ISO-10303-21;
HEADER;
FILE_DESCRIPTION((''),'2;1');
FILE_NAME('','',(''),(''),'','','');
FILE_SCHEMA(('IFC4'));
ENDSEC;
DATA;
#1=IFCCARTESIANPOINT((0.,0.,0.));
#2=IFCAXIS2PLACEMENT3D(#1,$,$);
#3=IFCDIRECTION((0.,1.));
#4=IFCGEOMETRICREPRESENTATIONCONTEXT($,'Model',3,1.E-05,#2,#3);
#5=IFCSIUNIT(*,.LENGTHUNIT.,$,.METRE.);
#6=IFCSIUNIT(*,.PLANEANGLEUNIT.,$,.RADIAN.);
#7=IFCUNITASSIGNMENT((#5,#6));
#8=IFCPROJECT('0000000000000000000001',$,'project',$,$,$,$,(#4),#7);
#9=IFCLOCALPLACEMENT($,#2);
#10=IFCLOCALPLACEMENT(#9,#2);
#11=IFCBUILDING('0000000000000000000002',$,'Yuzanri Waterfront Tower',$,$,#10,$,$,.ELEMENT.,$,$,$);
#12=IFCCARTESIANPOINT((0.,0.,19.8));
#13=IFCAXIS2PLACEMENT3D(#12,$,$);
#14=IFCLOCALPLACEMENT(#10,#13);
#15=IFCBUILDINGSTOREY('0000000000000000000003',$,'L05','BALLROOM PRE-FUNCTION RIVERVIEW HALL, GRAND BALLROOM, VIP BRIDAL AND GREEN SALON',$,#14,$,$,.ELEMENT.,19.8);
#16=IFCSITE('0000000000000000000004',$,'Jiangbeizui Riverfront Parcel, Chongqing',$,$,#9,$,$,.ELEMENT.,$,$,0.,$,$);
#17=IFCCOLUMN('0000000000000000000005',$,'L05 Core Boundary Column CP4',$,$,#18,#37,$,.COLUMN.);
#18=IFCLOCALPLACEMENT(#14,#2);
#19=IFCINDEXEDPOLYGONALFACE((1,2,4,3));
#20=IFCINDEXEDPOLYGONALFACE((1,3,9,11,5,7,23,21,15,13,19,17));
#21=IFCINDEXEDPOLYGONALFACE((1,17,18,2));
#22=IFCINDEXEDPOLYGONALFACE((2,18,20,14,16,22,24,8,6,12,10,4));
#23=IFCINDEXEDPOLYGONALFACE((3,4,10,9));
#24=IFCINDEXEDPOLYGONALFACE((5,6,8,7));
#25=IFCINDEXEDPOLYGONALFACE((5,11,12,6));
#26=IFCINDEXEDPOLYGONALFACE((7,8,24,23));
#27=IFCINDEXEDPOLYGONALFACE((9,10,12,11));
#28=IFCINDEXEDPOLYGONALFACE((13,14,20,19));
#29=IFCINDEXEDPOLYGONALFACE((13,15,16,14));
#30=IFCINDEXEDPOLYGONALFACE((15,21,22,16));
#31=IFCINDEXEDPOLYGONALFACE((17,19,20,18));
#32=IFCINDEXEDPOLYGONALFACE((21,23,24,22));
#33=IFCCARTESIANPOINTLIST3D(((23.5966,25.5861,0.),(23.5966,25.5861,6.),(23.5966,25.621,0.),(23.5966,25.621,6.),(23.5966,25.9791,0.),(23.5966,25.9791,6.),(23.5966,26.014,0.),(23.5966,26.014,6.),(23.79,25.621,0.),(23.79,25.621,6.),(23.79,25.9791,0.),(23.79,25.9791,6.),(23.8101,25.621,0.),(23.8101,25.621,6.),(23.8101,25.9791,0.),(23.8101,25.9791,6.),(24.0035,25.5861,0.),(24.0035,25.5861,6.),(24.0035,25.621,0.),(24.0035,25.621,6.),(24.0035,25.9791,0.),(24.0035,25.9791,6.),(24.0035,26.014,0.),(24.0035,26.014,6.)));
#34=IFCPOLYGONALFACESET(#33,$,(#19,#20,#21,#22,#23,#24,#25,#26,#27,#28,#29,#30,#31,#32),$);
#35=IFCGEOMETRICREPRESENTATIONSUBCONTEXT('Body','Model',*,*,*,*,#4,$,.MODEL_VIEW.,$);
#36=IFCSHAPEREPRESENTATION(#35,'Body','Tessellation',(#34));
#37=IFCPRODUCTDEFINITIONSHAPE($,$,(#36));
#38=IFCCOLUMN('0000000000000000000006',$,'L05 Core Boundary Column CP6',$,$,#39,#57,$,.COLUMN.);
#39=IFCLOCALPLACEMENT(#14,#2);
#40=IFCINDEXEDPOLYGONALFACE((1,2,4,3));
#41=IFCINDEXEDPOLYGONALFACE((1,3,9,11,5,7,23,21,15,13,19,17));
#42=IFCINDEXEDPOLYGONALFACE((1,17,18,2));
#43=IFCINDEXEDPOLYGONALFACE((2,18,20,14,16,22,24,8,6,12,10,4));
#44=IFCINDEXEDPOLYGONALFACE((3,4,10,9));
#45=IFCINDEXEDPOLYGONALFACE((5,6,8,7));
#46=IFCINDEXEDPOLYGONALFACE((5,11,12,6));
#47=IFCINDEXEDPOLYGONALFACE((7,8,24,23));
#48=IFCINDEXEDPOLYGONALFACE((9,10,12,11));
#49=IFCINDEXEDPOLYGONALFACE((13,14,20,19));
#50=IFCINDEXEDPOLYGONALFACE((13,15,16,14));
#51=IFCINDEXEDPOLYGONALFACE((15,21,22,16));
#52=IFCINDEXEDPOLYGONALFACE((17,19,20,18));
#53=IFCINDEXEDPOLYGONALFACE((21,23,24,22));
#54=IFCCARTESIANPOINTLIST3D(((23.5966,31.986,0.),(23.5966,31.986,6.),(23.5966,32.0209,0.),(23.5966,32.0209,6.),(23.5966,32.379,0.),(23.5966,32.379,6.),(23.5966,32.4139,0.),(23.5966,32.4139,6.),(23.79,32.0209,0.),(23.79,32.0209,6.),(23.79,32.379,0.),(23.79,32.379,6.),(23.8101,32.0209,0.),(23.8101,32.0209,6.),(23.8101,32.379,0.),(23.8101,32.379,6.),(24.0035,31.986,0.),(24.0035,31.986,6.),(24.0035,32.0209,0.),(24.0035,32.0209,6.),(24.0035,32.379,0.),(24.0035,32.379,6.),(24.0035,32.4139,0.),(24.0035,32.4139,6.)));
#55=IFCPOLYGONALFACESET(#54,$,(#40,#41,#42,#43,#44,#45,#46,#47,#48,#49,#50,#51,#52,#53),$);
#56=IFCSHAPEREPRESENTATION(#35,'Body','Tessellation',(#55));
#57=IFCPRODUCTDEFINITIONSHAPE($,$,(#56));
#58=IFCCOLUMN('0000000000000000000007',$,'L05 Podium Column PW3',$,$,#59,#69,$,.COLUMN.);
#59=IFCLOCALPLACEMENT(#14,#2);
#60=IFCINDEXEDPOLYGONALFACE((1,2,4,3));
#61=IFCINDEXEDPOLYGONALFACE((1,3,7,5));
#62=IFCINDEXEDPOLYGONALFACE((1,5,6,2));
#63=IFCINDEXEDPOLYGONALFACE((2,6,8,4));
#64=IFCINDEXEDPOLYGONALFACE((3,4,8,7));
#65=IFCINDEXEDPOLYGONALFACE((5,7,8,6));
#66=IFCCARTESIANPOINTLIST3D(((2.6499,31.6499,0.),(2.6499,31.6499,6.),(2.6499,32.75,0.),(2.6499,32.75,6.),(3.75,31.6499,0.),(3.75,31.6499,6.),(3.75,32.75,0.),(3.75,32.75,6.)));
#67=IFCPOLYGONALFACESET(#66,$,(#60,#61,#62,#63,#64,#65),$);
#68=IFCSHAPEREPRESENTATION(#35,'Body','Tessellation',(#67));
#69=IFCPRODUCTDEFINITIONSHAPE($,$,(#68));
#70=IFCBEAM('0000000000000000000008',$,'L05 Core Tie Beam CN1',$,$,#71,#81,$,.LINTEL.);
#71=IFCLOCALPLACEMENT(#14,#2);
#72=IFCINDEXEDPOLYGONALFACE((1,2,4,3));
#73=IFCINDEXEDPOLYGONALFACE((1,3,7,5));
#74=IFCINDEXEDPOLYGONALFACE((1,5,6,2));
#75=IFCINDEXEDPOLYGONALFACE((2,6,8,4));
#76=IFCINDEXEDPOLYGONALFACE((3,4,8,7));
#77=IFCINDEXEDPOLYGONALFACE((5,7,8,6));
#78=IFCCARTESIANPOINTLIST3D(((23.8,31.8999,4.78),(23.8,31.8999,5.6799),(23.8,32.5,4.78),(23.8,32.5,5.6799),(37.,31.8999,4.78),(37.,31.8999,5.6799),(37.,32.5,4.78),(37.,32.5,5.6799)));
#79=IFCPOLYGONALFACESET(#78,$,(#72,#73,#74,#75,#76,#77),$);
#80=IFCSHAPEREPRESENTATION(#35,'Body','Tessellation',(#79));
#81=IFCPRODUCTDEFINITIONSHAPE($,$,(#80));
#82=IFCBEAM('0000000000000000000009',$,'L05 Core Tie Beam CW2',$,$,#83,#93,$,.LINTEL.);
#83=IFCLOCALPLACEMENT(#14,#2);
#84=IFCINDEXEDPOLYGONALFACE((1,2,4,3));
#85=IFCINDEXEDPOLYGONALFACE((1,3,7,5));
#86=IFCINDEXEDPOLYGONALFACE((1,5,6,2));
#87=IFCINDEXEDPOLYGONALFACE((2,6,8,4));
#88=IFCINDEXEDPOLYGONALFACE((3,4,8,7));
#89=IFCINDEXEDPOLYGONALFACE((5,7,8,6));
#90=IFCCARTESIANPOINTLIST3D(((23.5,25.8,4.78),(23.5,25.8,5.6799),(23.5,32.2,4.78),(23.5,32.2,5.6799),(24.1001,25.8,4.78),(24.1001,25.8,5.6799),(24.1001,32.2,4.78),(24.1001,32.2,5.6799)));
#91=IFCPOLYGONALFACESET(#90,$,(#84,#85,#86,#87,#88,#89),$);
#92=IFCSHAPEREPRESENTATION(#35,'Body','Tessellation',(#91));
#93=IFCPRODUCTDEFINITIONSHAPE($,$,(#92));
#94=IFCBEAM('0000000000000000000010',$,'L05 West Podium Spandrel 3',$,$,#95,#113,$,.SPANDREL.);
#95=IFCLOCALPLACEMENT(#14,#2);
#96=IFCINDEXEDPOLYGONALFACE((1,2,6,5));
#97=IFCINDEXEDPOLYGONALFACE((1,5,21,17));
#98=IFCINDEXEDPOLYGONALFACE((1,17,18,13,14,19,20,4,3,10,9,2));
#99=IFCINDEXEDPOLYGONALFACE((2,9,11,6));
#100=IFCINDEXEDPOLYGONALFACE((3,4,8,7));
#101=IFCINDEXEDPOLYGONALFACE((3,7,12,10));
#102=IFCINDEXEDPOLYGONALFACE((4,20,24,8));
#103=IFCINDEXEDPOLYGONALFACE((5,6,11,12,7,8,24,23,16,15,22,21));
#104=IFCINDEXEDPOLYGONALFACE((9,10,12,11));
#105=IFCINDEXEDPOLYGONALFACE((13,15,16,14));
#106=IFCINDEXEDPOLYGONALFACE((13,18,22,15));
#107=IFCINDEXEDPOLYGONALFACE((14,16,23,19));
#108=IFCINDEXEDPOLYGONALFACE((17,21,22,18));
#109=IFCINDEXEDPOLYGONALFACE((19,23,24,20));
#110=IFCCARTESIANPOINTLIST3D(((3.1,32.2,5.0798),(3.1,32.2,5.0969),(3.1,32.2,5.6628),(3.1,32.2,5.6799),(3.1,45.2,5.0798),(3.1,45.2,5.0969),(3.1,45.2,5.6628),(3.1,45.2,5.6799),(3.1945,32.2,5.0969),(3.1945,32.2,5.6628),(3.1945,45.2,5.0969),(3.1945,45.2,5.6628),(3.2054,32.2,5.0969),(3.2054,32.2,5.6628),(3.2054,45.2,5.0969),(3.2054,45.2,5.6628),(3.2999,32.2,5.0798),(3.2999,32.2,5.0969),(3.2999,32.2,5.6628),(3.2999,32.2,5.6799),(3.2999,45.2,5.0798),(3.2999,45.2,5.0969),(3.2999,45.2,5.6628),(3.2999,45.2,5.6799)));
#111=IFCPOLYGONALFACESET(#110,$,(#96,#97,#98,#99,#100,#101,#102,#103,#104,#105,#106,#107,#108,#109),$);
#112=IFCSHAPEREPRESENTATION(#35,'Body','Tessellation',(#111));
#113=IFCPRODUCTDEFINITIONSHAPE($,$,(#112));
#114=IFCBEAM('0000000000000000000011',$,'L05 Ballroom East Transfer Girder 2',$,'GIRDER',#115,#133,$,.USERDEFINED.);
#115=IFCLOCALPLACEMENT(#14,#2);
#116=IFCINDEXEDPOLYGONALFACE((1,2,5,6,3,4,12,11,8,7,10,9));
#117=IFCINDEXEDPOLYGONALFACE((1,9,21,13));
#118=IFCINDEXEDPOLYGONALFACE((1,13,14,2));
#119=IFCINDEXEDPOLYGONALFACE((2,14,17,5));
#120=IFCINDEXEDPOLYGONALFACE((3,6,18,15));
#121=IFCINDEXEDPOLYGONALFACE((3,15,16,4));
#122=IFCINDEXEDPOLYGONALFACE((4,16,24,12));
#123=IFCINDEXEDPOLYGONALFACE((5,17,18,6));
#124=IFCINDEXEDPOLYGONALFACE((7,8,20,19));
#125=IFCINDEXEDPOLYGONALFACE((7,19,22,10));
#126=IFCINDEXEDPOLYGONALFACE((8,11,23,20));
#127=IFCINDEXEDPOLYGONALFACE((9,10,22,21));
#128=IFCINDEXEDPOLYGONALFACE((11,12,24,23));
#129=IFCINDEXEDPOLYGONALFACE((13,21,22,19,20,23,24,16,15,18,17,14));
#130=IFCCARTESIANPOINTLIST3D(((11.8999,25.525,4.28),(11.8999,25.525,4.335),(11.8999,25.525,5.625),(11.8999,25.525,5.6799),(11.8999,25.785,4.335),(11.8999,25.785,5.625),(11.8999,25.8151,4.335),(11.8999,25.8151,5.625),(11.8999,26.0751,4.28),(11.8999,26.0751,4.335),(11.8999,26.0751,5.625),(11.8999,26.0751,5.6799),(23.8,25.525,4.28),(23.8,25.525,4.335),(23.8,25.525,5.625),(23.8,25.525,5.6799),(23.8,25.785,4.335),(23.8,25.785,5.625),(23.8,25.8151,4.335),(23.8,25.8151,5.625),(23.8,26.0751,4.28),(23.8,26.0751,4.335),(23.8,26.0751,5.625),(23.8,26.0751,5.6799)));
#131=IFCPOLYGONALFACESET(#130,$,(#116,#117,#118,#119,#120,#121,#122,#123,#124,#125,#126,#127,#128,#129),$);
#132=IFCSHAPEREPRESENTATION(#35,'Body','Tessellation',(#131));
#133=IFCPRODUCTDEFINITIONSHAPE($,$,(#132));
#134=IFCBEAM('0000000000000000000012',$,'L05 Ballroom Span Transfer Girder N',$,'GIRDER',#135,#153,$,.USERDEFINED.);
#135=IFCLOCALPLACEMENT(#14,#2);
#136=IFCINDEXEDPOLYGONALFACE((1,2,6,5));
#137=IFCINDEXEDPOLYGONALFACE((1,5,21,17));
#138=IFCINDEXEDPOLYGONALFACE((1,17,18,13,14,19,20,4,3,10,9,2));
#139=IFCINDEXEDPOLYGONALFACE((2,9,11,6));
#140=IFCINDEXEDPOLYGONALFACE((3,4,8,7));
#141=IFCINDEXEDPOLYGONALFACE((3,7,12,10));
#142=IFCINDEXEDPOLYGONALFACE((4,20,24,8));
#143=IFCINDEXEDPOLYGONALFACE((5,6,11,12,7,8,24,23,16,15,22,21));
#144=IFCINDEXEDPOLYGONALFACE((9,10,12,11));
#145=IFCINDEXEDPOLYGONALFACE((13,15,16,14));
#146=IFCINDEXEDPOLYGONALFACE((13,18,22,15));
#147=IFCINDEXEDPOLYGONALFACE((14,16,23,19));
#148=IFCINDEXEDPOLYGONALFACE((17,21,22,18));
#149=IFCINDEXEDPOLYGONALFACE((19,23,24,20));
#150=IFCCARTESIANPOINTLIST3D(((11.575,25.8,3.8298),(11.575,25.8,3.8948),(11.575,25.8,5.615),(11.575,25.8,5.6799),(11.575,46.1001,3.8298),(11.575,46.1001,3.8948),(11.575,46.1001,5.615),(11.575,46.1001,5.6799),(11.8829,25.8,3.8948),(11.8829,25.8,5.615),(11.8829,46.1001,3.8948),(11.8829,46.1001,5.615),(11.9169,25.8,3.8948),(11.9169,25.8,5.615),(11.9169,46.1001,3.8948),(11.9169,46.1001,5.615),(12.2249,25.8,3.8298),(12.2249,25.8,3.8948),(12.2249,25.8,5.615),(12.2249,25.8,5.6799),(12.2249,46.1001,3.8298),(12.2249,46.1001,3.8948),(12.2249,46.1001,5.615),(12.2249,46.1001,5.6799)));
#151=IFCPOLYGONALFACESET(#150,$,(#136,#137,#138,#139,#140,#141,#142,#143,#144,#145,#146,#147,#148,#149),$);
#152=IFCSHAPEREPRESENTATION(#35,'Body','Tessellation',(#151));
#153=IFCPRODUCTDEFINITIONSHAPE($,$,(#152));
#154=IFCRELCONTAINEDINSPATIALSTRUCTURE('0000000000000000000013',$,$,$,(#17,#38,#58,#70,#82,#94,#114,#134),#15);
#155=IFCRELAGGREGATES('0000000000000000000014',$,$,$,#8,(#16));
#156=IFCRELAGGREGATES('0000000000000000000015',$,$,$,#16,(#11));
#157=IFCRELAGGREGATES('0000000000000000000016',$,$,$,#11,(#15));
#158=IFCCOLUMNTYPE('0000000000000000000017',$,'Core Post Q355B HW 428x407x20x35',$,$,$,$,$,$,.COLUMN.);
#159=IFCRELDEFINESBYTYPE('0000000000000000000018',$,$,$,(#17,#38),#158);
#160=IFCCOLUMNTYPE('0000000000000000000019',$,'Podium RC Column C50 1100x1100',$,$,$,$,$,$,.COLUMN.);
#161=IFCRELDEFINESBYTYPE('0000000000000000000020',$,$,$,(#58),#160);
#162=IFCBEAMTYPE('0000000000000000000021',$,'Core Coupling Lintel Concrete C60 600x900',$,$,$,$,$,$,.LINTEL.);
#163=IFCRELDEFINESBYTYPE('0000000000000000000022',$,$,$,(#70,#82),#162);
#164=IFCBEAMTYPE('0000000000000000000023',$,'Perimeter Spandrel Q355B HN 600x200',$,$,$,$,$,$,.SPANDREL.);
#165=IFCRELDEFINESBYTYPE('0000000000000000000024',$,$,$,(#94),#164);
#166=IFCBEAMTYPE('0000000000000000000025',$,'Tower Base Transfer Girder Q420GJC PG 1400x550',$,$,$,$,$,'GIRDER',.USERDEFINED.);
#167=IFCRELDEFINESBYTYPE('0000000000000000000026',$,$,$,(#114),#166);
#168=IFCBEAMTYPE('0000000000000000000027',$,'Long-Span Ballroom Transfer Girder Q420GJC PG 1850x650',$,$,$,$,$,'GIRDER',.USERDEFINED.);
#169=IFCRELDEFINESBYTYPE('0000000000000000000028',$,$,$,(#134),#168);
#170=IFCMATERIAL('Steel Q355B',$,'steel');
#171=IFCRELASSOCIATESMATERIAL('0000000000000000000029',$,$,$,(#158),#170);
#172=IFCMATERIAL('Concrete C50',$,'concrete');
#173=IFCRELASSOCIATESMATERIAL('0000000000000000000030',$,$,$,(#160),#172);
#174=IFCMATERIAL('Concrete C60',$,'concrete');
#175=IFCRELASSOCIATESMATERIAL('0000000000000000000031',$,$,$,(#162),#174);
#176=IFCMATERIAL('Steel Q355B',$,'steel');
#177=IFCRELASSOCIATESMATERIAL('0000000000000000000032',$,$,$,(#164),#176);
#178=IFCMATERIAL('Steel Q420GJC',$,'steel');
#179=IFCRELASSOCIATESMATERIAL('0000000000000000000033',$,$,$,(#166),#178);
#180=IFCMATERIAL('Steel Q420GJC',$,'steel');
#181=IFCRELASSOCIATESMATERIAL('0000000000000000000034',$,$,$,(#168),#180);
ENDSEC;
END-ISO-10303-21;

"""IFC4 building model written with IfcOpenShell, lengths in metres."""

from ifc_helpers import new_model, si_unit, direction, frame, origin, origin_2d, place, context, subcontext, project, spatial, rectangle, i_section, extrude, source, transform, mapped, material, material_profile, profile_set, type_object, element, save


model = new_model("IFC4")

# Units and contexts
model_context = context("Model", 3, precision=1e-05, world=origin(), true_north=direction((0.0, 1.0)))
body_context = subcontext(model_context, "Body", "Model", "MODEL_VIEW")
ifc_project = project(units=[si_unit("LENGTHUNIT", "METRE"), si_unit("PLANEANGLEUNIT", "RADIAN")], contexts=[model_context])

# Site, building, storey
site_placement = place(None, origin())
site = spatial("IfcSite", under=ifc_project, at=site_placement, Name="Jiangbeizui Riverfront Parcel, Chongqing", CompositionType="ELEMENT", RefElevation=0.0)
building_placement = place(site_placement, origin())
building = spatial("IfcBuilding", under=site, at=building_placement, Name="Yuzanri Waterfront Tower", CompositionType="ELEMENT")
storey_placement = place(building_placement, frame((0.0, 0.0, 19.8)))
storey = spatial("IfcBuildingStorey", under=building, at=storey_placement, Name="L05", Description="BALLROOM PRE-FUNCTION RIVERVIEW HALL, GRAND BALLROOM, VIP BRIDAL AND GREEN SALON", CompositionType="ELEMENT", Elevation=19.8)

# Columns
ifc_material_1 = material(Name="Steel Q355B", Category="steel")
ifc_material_profile_1 = material_profile(ifc_material_1, i_section(OverallWidth=0.407, OverallDepth=0.428, WebThickness=0.02, FlangeThickness=0.0349, at=origin_2d()), Name="HW 428x407x20x35")
ifc_profile_set_1 = profile_set([ifc_material_profile_1], Name="Steel Q355B")
column_type_1 = type_object("IfcColumnType", Name="Core Post Q355B HW 428x407x20x35", PredefinedType="COLUMN", material=ifc_profile_set_1)
shared_shape_1 = source(origin(), body_context, "Body", "SweptSolid", [
    extrude(i_section(OverallWidth=0.407, OverallDepth=0.428, WebThickness=0.02, FlangeThickness=0.0349, at=origin_2d()), origin(), (0.0, 0.0, 1.0), 6.0),
])
for number, where, z_axis, x_axis, name in (
    (1, (23.8, 25.8, 0.0), (0.0, 0.0, 1.0), (1.0, 0.0, 0.0), "L05 Core Boundary Column CP4"),
    (2, (23.8, 32.2, 0.0), (0.0, 0.0, 1.0), (1.0, 0.0, 0.0), "L05 Core Boundary Column CP6"),
):
    element("IfcColumn", number, at=place(storey_placement, frame(where, z_axis=z_axis, x_axis=x_axis)), inside=storey, type_object=column_type_1, Name=name, PredefinedType="COLUMN", context=body_context, shape_type="MappedRepresentation", body=[
        mapped(shared_shape_1, transform((0.0, 0.0, 0.0), scale=1.0)),
    ])
ifc_material_2 = material(Name="Concrete C50", Category="concrete")
ifc_material_profile_2 = material_profile(ifc_material_2, rectangle(XDim=1.1001, YDim=1.1001, at=origin_2d()), Name="RC 1100x1100")
ifc_profile_set_2 = profile_set([ifc_material_profile_2], Name="Concrete C50")
column_type_2 = type_object("IfcColumnType", Name="Podium RC Column C50 1100x1100", PredefinedType="COLUMN", material=ifc_profile_set_2)
shared_shape_2 = source(origin(), body_context, "Body", "SweptSolid", [
    extrude(rectangle(XDim=1.1001, YDim=1.1001, at=origin_2d()), origin(), (0.0, 0.0, 1.0), 6.0),
])
column_placement = place(storey_placement, frame((3.2, 32.2, 0.0), z_axis=(0.0, 0.0, 1.0), x_axis=(1.0, 0.0, 0.0)))
element("IfcColumn", 3, at=column_placement, inside=storey, type_object=column_type_2, Name="L05 Podium Column PW3", PredefinedType="COLUMN", context=body_context, shape_type="MappedRepresentation", body=[
    mapped(shared_shape_2, transform((0.0, 0.0, 0.0), scale=1.0)),
])

# Beams
ifc_material_3 = material(Name="Concrete C60", Category="concrete")
ifc_material_profile_3 = material_profile(ifc_material_3, rectangle(XDim=0.6001, YDim=0.8999, at=origin_2d()), Name="RC 600x900")
ifc_profile_set_3 = profile_set([ifc_material_profile_3], Name="Concrete C60")
beam_type_1 = type_object("IfcBeamType", Name="Core Coupling Lintel Concrete C60 600x900", PredefinedType="LINTEL", material=ifc_profile_set_3)
shared_shape_3 = source(origin(), body_context, "Body", "SweptSolid", [
    extrude(rectangle(XDim=0.6001, YDim=0.8999, at=origin_2d()), origin(), (0.0, 0.0, 1.0), 13.2),
])
beam_1_placement = place(storey_placement, frame((23.8, 32.2, 5.23), z_axis=(1.0, 0.0, 0.0), x_axis=(0.0, 1.0, 0.0)))
element("IfcBeam", 4, at=beam_1_placement, inside=storey, type_object=beam_type_1, Name="L05 Core Tie Beam CN1", PredefinedType="LINTEL", context=body_context, shape_type="MappedRepresentation", body=[
    mapped(shared_shape_3, transform((0.0, 0.0, 0.0), scale=1.0)),
])
shared_shape_4 = source(origin(), body_context, "Body", "SweptSolid", [
    extrude(rectangle(XDim=0.6001, YDim=0.8999, at=origin_2d()), origin(), (0.0, 0.0, 1.0), 6.3999),
])
beam_2_placement = place(storey_placement, frame((23.8, 25.8, 5.23), z_axis=(0.0, 1.0, 0.0), x_axis=(-1.0, 0.0, 0.0)))
element("IfcBeam", 5, at=beam_2_placement, inside=storey, type_object=beam_type_1, Name="L05 Core Tie Beam CW2", PredefinedType="LINTEL", context=body_context, shape_type="MappedRepresentation", body=[
    mapped(shared_shape_4, transform((0.0, 0.0, 0.0), scale=1.0)),
])
ifc_material_4 = material(Name="Steel Q355B", Category="steel")
ifc_material_profile_4 = material_profile(ifc_material_4, i_section(OverallWidth=0.2, OverallDepth=0.6001, WebThickness=0.011, FlangeThickness=0.0171, at=origin_2d()), Name="HN 600x200x11x17")
ifc_profile_set_4 = profile_set([ifc_material_profile_4], Name="Steel Q355B")
beam_type_2 = type_object("IfcBeamType", Name="Perimeter Spandrel Q355B HN 600x200", PredefinedType="SPANDREL", material=ifc_profile_set_4)
shared_shape_5 = source(origin(), body_context, "Body", "SweptSolid", [
    extrude(i_section(OverallWidth=0.2, OverallDepth=0.6001, WebThickness=0.011, FlangeThickness=0.0171, at=origin_2d()), origin(), (0.0, 0.0, 1.0), 13.0),
])
beam_3_placement = place(storey_placement, frame((3.2, 32.2, 5.3799), z_axis=(0.0, 1.0, 0.0), x_axis=(-1.0, 0.0, 0.0)))
element("IfcBeam", 6, at=beam_3_placement, inside=storey, type_object=beam_type_2, Name="L05 West Podium Spandrel 3", PredefinedType="SPANDREL", context=body_context, shape_type="MappedRepresentation", body=[
    mapped(shared_shape_5, transform((0.0, 0.0, 0.0), scale=1.0)),
])
ifc_material_5 = material(Name="Steel Q420GJC", Category="steel")
ifc_material_profile_5 = material_profile(ifc_material_5, i_section(OverallWidth=0.55, OverallDepth=1.3999, WebThickness=0.03, FlangeThickness=0.0549, at=origin_2d()), Name="PG 1400x550x30x55")
ifc_profile_set_5 = profile_set([ifc_material_profile_5], Name="Steel Q420GJC")
beam_type_3 = type_object("IfcBeamType", Name="Tower Base Transfer Girder Q420GJC PG 1400x550", ElementType="GIRDER", PredefinedType="USERDEFINED", material=ifc_profile_set_5)
shared_shape_6 = source(origin(), body_context, "Body", "SweptSolid", [
    extrude(i_section(OverallWidth=0.55, OverallDepth=1.3999, WebThickness=0.03, FlangeThickness=0.0549, at=origin_2d()), origin(), (0.0, 0.0, 1.0), 11.9001),
])
beam_4_placement = place(storey_placement, frame((11.8999, 25.8, 4.98), z_axis=(1.0, 0.0, 0.0), x_axis=(0.0, 1.0, 0.0)))
element("IfcBeam", 7, at=beam_4_placement, inside=storey, type_object=beam_type_3, Name="L05 Ballroom East Transfer Girder 2", ObjectType="GIRDER", PredefinedType="USERDEFINED", context=body_context, shape_type="MappedRepresentation", body=[
    mapped(shared_shape_6, transform((0.0, 0.0, 0.0), scale=1.0)),
])
ifc_material_6 = material(Name="Steel Q420GJC", Category="steel")
ifc_material_profile_6 = material_profile(ifc_material_6, i_section(OverallWidth=0.6499, OverallDepth=1.8501, WebThickness=0.0339, FlangeThickness=0.0649, at=origin_2d()), Name="PG 1850x650x34x65")
ifc_profile_set_6 = profile_set([ifc_material_profile_6], Name="Steel Q420GJC")
beam_type_4 = type_object("IfcBeamType", Name="Long-Span Ballroom Transfer Girder Q420GJC PG 1850x650", ElementType="GIRDER", PredefinedType="USERDEFINED", material=ifc_profile_set_6)
shared_shape_7 = source(origin(), body_context, "Body", "SweptSolid", [
    extrude(i_section(OverallWidth=0.6499, OverallDepth=1.8501, WebThickness=0.0339, FlangeThickness=0.0649, at=origin_2d()), origin(), (0.0, 0.0, 1.0), 20.3),
])
beam_5_placement = place(storey_placement, frame((11.8999, 25.8, 4.7549), z_axis=(0.0, 1.0, 0.0), x_axis=(-1.0, 0.0, 0.0)))
element("IfcBeam", 8, at=beam_5_placement, inside=storey, type_object=beam_type_4, Name="L05 Ballroom Span Transfer Girder N", ObjectType="GIRDER", PredefinedType="USERDEFINED", context=body_context, shape_type="MappedRepresentation", body=[
    mapped(shared_shape_7, transform((0.0, 0.0, 0.0), scale=1.0)),
])

save(model, "model.ifc")
